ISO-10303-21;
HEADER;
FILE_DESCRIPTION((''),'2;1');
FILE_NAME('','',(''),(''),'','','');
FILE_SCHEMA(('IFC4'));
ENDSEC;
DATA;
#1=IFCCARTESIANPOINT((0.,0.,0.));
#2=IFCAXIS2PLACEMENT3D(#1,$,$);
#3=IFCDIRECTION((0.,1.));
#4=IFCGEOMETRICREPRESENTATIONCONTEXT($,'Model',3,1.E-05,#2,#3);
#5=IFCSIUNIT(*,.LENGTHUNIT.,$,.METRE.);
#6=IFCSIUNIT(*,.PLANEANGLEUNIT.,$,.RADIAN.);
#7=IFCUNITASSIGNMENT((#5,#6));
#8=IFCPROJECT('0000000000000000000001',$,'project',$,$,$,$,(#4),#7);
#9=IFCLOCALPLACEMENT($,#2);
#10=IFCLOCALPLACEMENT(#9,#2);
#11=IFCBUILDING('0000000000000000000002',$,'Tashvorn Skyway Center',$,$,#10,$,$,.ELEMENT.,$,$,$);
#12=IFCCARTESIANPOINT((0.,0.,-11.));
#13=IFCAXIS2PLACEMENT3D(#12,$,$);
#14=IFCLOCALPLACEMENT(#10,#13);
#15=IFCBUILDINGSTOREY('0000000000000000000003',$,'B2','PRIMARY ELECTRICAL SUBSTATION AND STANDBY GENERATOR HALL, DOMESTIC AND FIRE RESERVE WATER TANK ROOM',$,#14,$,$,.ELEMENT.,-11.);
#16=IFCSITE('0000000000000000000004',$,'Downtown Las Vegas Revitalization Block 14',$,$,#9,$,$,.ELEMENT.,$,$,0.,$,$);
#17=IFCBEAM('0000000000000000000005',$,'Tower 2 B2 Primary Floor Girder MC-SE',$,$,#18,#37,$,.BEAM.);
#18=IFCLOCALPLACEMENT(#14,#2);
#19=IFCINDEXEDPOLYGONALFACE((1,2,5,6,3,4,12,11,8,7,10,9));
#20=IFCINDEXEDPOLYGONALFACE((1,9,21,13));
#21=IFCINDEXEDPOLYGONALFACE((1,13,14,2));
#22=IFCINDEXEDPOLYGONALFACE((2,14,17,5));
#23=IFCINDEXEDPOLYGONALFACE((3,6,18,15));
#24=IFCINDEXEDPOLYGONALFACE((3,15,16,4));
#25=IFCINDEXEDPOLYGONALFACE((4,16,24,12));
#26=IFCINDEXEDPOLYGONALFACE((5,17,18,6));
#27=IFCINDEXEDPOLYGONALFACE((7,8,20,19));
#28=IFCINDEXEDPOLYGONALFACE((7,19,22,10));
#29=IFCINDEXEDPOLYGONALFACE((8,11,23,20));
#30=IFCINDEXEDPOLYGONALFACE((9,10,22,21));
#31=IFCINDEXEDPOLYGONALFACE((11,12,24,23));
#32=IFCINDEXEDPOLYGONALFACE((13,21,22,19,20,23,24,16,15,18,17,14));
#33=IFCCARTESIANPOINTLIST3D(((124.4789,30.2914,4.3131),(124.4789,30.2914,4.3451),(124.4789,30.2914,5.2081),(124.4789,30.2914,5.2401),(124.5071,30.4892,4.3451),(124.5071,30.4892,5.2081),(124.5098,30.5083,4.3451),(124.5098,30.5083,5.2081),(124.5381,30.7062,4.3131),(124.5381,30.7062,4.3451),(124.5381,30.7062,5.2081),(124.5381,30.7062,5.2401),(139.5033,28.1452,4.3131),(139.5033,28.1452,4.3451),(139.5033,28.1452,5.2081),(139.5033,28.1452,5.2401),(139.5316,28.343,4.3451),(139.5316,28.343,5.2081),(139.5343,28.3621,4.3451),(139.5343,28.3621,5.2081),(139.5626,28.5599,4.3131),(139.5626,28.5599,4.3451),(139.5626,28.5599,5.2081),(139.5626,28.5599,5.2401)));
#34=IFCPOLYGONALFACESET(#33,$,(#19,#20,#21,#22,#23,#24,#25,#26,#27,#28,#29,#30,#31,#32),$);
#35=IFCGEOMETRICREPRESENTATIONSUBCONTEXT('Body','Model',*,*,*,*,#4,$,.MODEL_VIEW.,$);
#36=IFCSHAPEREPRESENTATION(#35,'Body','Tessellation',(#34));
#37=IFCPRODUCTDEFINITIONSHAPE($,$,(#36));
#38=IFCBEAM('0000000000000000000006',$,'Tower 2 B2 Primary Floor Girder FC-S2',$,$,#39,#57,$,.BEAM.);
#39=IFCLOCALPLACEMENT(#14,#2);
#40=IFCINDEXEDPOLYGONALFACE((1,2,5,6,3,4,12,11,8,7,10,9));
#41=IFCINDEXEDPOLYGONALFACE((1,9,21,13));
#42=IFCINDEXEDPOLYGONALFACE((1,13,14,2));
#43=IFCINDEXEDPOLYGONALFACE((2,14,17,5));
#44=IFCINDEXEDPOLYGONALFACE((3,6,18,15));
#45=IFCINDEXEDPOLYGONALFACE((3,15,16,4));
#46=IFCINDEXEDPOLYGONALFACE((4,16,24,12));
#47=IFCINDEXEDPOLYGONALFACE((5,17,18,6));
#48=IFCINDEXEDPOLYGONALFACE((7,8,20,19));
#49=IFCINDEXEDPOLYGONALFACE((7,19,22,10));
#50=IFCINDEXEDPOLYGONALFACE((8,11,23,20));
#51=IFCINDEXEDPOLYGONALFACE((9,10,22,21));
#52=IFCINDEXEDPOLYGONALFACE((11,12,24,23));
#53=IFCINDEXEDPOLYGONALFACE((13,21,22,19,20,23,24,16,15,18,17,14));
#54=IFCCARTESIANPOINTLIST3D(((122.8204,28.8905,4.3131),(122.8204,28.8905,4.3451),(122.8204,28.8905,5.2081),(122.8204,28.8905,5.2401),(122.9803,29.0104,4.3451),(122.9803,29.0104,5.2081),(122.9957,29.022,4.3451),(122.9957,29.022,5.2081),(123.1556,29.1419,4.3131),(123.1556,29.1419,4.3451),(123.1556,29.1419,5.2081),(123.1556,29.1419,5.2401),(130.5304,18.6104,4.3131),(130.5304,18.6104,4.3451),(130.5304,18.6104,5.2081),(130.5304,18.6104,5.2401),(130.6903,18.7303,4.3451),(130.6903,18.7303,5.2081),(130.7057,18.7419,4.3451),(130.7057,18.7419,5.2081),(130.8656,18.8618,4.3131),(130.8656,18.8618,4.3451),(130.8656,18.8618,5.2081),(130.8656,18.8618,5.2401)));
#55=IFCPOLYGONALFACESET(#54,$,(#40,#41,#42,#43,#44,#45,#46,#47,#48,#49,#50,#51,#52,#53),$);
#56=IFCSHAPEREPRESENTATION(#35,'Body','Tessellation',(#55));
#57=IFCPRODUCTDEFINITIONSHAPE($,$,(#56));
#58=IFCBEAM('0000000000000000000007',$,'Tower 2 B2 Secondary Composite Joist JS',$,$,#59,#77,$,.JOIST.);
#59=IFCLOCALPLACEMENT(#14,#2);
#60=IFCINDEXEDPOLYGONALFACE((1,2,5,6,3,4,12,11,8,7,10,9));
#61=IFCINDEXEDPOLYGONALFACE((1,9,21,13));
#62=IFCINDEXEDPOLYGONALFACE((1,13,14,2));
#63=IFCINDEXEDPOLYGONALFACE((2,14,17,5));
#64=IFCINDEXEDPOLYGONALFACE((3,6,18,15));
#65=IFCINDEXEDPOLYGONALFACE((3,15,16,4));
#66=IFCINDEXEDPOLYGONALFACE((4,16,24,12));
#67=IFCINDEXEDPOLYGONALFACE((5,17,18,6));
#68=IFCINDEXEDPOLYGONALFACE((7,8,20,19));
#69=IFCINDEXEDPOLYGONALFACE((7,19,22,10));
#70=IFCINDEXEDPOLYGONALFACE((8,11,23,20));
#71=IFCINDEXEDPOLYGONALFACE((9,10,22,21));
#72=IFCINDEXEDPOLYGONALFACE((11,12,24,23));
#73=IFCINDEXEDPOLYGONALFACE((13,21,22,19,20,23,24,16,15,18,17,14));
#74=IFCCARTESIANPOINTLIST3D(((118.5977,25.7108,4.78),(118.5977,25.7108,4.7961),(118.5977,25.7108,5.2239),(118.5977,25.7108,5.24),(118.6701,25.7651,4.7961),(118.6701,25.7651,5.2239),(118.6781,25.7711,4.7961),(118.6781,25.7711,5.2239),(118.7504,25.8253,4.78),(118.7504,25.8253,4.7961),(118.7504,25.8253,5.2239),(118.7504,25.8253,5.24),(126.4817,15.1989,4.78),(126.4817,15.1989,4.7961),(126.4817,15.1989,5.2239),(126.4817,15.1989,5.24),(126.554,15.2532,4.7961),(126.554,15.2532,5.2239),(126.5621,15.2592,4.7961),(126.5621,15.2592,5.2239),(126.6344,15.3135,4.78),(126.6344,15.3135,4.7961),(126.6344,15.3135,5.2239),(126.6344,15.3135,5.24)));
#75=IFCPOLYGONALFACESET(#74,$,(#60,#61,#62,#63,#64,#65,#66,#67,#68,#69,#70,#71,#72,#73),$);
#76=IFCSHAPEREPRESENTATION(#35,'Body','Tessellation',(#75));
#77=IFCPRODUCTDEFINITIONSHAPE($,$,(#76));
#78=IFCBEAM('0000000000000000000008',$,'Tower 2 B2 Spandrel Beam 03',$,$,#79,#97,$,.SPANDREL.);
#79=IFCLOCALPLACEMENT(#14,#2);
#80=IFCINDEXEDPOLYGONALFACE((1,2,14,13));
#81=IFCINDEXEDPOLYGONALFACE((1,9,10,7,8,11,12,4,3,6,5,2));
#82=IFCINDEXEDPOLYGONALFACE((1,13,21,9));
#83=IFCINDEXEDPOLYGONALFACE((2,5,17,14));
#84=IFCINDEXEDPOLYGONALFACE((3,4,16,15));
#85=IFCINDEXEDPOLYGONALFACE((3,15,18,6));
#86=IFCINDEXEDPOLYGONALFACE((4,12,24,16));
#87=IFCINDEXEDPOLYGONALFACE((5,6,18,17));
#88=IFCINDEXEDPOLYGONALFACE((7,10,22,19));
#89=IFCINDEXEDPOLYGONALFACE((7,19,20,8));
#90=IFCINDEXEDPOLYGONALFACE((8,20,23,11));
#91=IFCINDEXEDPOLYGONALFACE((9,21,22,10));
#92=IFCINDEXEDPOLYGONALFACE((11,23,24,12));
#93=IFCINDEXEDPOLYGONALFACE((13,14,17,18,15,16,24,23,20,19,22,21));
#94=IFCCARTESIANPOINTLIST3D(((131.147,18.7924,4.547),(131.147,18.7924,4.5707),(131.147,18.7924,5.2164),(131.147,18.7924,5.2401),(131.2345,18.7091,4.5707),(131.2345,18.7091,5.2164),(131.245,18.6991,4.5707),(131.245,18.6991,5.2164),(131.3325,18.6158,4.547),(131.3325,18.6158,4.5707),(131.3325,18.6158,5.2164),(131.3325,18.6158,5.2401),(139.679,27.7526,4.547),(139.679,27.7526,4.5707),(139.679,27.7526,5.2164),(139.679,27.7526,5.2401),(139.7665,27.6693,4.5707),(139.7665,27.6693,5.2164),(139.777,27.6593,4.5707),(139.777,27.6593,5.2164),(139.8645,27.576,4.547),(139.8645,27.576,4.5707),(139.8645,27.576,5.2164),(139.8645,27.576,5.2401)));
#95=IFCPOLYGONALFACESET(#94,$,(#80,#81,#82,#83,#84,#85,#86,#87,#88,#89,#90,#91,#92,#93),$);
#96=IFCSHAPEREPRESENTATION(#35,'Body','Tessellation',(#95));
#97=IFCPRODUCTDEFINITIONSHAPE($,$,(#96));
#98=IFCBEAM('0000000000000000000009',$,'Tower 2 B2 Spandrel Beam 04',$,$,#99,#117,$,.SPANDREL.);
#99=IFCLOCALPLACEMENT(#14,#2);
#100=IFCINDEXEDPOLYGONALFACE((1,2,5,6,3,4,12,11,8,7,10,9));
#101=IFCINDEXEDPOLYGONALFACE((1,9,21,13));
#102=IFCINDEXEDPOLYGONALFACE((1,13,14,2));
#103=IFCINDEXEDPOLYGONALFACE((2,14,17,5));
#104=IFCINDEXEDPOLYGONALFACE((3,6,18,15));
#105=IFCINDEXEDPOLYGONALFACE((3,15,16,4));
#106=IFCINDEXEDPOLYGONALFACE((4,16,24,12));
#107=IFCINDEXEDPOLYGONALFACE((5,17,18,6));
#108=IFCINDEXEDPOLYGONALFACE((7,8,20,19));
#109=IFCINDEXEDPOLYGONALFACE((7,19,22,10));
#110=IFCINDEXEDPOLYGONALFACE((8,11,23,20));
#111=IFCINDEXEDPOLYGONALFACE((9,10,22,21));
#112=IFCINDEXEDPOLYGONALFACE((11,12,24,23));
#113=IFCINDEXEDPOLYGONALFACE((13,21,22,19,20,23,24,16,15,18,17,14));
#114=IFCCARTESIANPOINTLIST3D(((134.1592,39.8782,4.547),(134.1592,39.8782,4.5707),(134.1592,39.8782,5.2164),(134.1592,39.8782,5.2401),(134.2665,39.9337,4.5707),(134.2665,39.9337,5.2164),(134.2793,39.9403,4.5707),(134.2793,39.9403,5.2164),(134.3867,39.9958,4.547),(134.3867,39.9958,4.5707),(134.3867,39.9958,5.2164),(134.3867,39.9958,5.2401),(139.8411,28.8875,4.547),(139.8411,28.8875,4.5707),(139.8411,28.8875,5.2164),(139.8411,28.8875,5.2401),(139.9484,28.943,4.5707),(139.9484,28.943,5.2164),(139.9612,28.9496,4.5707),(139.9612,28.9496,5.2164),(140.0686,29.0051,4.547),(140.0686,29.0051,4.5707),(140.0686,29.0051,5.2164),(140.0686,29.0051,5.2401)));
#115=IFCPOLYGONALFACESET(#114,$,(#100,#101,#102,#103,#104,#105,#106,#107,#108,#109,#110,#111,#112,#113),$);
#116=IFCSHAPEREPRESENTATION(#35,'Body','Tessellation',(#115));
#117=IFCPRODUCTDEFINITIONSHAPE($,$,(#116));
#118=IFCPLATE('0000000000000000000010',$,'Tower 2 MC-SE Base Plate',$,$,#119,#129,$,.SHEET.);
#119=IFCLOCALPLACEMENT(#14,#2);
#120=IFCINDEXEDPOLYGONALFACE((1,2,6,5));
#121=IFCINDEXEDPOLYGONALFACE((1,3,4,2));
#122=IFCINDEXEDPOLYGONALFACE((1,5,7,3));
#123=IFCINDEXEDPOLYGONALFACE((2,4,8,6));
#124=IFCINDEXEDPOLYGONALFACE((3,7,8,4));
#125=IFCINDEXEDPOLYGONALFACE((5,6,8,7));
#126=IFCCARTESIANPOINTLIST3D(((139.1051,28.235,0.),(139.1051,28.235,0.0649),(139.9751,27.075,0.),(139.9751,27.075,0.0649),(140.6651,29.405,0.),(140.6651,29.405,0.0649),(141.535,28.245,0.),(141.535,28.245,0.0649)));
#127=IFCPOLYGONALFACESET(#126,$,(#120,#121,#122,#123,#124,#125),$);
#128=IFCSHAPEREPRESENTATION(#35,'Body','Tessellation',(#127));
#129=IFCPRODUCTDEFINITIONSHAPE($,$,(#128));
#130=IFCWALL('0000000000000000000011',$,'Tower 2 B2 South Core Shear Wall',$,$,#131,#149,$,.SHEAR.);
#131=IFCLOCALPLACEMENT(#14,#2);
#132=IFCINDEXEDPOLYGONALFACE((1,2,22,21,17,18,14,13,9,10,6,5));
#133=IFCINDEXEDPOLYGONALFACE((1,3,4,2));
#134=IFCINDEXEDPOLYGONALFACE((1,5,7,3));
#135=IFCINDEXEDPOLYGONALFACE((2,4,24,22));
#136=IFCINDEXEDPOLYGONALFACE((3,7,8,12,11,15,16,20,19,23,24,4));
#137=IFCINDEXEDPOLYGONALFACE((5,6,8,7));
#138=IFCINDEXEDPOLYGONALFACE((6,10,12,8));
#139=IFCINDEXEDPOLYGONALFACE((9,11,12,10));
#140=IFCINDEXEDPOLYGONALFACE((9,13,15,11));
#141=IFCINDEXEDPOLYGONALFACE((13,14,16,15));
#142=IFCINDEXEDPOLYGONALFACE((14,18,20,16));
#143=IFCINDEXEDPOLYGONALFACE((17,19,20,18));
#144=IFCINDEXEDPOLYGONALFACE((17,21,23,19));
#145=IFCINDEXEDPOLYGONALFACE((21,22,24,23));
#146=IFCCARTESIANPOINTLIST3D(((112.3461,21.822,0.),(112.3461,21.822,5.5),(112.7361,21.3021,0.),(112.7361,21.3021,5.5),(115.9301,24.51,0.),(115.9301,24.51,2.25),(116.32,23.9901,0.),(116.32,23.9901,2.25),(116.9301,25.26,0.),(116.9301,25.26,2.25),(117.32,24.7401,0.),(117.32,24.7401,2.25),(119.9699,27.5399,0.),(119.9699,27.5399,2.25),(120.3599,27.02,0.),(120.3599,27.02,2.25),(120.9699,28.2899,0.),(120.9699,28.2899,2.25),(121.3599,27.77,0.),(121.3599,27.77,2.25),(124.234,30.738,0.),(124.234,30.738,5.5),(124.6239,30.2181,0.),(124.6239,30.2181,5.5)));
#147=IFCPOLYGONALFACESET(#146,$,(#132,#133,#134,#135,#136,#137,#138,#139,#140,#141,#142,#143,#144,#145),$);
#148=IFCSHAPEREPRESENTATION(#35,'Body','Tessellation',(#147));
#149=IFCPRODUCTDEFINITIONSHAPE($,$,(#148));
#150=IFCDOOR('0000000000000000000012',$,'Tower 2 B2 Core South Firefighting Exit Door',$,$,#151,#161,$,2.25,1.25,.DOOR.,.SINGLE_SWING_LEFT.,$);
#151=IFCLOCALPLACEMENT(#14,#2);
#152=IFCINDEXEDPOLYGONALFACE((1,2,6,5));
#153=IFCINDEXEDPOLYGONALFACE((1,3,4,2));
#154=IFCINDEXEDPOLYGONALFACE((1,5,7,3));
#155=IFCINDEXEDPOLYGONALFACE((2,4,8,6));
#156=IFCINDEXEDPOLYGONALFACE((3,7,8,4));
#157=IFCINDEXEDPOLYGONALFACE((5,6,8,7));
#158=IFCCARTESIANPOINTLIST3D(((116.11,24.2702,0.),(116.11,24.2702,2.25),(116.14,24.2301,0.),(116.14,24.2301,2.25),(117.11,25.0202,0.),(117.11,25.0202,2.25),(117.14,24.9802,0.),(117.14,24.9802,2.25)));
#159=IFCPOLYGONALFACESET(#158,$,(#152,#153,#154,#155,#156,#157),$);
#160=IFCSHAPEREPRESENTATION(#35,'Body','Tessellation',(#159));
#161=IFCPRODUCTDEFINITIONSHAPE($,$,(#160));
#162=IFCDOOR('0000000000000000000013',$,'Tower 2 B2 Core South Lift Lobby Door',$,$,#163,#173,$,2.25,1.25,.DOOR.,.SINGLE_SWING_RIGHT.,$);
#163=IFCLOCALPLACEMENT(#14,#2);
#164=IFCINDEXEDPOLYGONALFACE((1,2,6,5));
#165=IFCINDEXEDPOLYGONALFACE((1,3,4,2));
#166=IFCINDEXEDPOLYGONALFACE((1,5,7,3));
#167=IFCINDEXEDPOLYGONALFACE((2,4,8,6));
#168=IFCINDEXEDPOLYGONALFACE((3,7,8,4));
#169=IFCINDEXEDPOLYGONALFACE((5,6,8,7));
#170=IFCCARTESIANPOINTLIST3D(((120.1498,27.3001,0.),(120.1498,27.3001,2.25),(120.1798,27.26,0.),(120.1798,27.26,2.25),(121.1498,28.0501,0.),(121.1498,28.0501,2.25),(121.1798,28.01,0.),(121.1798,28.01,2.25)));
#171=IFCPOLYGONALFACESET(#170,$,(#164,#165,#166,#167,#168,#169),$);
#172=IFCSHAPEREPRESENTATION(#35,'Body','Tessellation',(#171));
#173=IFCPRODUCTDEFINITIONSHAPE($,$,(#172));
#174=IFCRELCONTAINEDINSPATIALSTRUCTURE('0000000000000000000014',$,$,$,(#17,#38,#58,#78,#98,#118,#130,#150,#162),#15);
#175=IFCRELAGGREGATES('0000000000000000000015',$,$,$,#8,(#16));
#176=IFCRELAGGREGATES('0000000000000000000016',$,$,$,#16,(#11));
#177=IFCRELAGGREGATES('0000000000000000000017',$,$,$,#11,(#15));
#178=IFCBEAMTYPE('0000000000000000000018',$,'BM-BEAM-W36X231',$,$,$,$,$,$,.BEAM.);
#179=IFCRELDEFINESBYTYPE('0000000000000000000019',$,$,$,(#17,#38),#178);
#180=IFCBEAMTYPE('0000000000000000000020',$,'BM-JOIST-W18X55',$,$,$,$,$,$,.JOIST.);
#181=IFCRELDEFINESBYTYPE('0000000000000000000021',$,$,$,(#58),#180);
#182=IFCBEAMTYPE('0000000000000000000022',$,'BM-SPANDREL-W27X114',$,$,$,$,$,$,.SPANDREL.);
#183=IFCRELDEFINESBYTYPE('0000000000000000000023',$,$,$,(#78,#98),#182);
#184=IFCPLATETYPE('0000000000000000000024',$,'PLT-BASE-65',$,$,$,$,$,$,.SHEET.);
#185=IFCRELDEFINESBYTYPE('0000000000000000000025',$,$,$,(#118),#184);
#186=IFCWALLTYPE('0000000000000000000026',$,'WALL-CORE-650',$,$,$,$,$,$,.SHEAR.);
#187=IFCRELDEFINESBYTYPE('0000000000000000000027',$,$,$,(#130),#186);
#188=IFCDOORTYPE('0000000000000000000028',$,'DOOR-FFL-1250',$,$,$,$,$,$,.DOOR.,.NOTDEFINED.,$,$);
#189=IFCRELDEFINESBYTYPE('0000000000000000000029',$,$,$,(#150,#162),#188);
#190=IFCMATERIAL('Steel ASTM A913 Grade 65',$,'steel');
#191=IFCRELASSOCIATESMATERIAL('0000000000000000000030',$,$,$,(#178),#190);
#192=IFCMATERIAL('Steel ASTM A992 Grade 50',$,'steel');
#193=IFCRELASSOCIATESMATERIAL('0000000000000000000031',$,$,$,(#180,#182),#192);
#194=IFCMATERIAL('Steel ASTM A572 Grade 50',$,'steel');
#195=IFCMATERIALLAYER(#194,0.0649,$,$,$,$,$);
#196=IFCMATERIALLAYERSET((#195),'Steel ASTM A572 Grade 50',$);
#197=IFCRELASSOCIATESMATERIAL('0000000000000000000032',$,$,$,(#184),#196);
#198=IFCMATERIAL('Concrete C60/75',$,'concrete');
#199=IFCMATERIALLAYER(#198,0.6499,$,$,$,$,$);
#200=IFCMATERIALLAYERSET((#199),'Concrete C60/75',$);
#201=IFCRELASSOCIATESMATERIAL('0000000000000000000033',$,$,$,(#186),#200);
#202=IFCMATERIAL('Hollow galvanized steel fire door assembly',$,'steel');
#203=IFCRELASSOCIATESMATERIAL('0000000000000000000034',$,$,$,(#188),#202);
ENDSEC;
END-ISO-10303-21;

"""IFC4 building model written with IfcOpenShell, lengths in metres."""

from ifc_helpers import new_model, si_unit, direction, frame, frame_2d, origin, origin_2d, place, context, subcontext, project, spatial, rectangle, i_section, extrude, material, layer, layer_set, material_profile, profile_set, type_object, element, fill, save


model = new_model("IFC4")

# Units and contexts
model_context = context("Model", 3, precision=1e-05, world=origin(), true_north=direction((0.0, 1.0)))
body_context = subcontext(model_context, "Body", "Model", "MODEL_VIEW")
ifc_project = project(units=[si_unit("LENGTHUNIT", "METRE"), si_unit("PLANEANGLEUNIT", "RADIAN")], contexts=[model_context])

# Site, building, storey
site_placement = place(None, origin())
site = spatial("IfcSite", under=ifc_project, at=site_placement, Name="Downtown Las Vegas Revitalization Block 14", CompositionType="ELEMENT", RefElevation=0.0)
building_placement = place(site_placement, origin())
building = spatial("IfcBuilding", under=site, at=building_placement, Name="Tashvorn Skyway Center", CompositionType="ELEMENT")
storey_placement = place(building_placement, frame((0.0, 0.0, -11.0)))
storey = spatial("IfcBuildingStorey", under=building, at=storey_placement, Name="B2", Description="PRIMARY ELECTRICAL SUBSTATION AND STANDBY GENERATOR HALL, DOMESTIC AND FIRE RESERVE WATER TANK ROOM", CompositionType="ELEMENT", Elevation=-11.0)

# Shared definitions
ifc_material_1 = material(Name="Steel ASTM A572 Grade 50", Category="steel")

# Beams
ifc_material_2 = material(Name="Steel ASTM A913 Grade 65", Category="steel")
ifc_material_profile_1 = material_profile(ifc_material_2, i_section(OverallWidth=0.4189, OverallDepth=0.927, WebThickness=0.0193, FlangeThickness=0.032, at=origin_2d()), Name="W36X231")
ifc_profile_set_1 = profile_set([ifc_material_profile_1], Name="Steel ASTM A913 Grade 65")
beam_type_1 = type_object("IfcBeamType", Name="BM-BEAM-W36X231", PredefinedType="BEAM", material=ifc_profile_set_1)
beam_1_placement = place(storey_placement, frame((139.533, 28.3525, 4.7766), z_axis=(-0.98995, 0.141415, 0.0), x_axis=(-0.141415, -0.98995, 0.0)))
element("IfcBeam", 1, at=beam_1_placement, inside=storey, type_object=beam_type_1, Name="Tower 2 B2 Primary Floor Girder MC-SE", PredefinedType="BEAM", context=body_context, shape_type="SweptSolid", body=[
    extrude(i_section(OverallWidth=0.4189, OverallDepth=0.927, WebThickness=0.0193, FlangeThickness=0.032, at=origin_2d()), origin(), (0.0, 0.0, 1.0), 15.177),
])
beam_2_placement = place(storey_placement, frame((130.698, 18.7361, 4.7766), z_axis=(-0.599997, 0.800002, 0.0), x_axis=(-0.800002, -0.599997, 0.0)))
element("IfcBeam", 2, at=beam_2_placement, inside=storey, type_object=beam_type_1, Name="Tower 2 B2 Primary Floor Girder FC-S2", PredefinedType="BEAM", context=body_context, shape_type="SweptSolid", body=[
    extrude(i_section(OverallWidth=0.4189, OverallDepth=0.927, WebThickness=0.0193, FlangeThickness=0.032, at=origin_2d()), origin(), (0.0, 0.0, 1.0), 12.8501),
])
ifc_material_3 = material(Name="Steel ASTM A992 Grade 50", Category="steel")
ifc_material_profile_2 = material_profile(ifc_material_3, i_section(OverallWidth=0.1909, OverallDepth=0.46, WebThickness=0.01, FlangeThickness=0.0161, at=origin_2d()), Name="W18X55")
ifc_profile_set_2 = profile_set([ifc_material_profile_2], Name="Steel ASTM A992 Grade 50")
beam_type_2 = type_object("IfcBeamType", Name="BM-JOIST-W18X55", PredefinedType="JOIST", material=ifc_profile_set_2)
beam_3_placement = place(storey_placement, frame((118.6741, 25.7681, 5.01), z_axis=(0.600003, -0.799998, 0.0), x_axis=(0.799998, 0.600003, 0.0)))
element("IfcBeam", 3, at=beam_3_placement, inside=storey, type_object=beam_type_2, Name="Tower 2 B2 Secondary Composite Joist JS", PredefinedType="JOIST", context=body_context, shape_type="SweptSolid", body=[
    extrude(i_section(OverallWidth=0.1909, OverallDepth=0.46, WebThickness=0.01, FlangeThickness=0.0161, at=origin_2d()), origin(), (0.0, 0.0, 1.0), 13.1399),
])
ifc_material_profile_3 = material_profile(ifc_material_3, i_section(OverallWidth=0.2561, OverallDepth=0.6931, WebThickness=0.0144, FlangeThickness=0.0237, at=origin_2d()), Name="W27X114")
ifc_profile_set_3 = profile_set([ifc_material_profile_3], Name="Steel ASTM A992 Grade 50")
beam_type_3 = type_object("IfcBeamType", Name="BM-SPANDREL-W27X114", PredefinedType="SPANDREL", material=ifc_profile_set_3)
for number, where, z_axis, x_axis, name in (
    (4, (131.2397, 18.7041, 4.8936), (0.68959, 0.7242, 0.0), (-0.7242, 0.68959, 0.0), "Tower 2 B2 Spandrel Beam 03"),
    (5, (139.9548, 28.9463, 4.8936), (-0.459233, 0.888316, 0.0), (-0.888316, -0.459233, 0.0), "Tower 2 B2 Spandrel Beam 04"),
):
    element("IfcBeam", number, at=place(storey_placement, frame(where, z_axis=z_axis, x_axis=x_axis)), inside=storey, type_object=beam_type_3, Name=name, PredefinedType="SPANDREL", context=body_context, shape_type="SweptSolid", body=[
        extrude(i_section(OverallWidth=0.2561, OverallDepth=0.6931, WebThickness=0.0144, FlangeThickness=0.0237, at=origin_2d()), origin(), (0.0, 0.0, 1.0), 12.3726),
    ])

# Plate
ifc_layer_1 = layer(ifc_material_1, 0.0649)
ifc_layer_set_1 = layer_set([ifc_layer_1], Name="Steel ASTM A572 Grade 50")
plate_type = type_object("IfcPlateType", Name="PLT-BASE-65", PredefinedType="SHEET", material=ifc_layer_set_1)
plate_placement = place(storey_placement, frame((140.3201, 28.24, 0.0), z_axis=(0.0, 0.0, 1.0), x_axis=(0.8, 0.6, 0.0)))
element("IfcPlate", 6, at=plate_placement, inside=storey, type_object=plate_type, Name="Tower 2 MC-SE Base Plate", PredefinedType="SHEET", context=body_context, shape_type="SweptSolid", body=[
    extrude(rectangle(XDim=1.95, YDim=1.45, at=origin_2d()), origin(), (0.0, 0.0, 1.0), 0.0649),
])

# Wall, openings, doors
ifc_material_4 = material(Name="Concrete C60/75", Category="concrete")
ifc_layer_2 = layer(ifc_material_4, 0.6499)
ifc_layer_set_2 = layer_set([ifc_layer_2], Name="Concrete C60/75")
wall_type_1 = type_object("IfcWallType", Name="WALL-CORE-650", PredefinedType="SHEAR", material=ifc_layer_set_2)
wall_1_placement = place(storey_placement, frame((124.429, 30.478, 0.0), z_axis=(0.0, 0.0, 1.0), x_axis=(-0.799998, -0.600003, 0.0)))
wall_1 = element("IfcWall", 7, at=wall_1_placement, inside=storey, type_object=wall_type_1, Name="Tower 2 B2 South Core Shear Wall", PredefinedType="SHEAR", context=body_context, shape_type="SweptSolid", body=[
    extrude(rectangle(XDim=14.8599, YDim=0.6499, at=frame_2d((7.4299, 0.0))), origin(), (0.0, 0.0, 1.0), 5.5),
])
opening_1_placement = place(wall_1_placement, frame((9.1299, 0.0, 0.0)))
opening_1 = element("IfcOpeningElement", 8, at=opening_1_placement, cuts=wall_1, PredefinedType="OPENING", context=body_context, shape_type="SweptSolid", body=[
    extrude(rectangle(XDim=1.25, YDim=2.25, at=frame_2d((0.625, 1.125))), frame((0.0, 0.335, 0.0), z_axis=(0.0, -1.0, 0.0), x_axis=(1.0, 0.0, 0.0)), (0.0, 0.0, 1.0), 0.6699),
])
opening_2_placement = place(wall_1_placement, frame((4.0801, 0.0, 0.0)))
opening_2 = element("IfcOpeningElement", 9, at=opening_2_placement, cuts=wall_1, PredefinedType="OPENING", context=body_context, shape_type="SweptSolid", body=[
    extrude(rectangle(XDim=1.25, YDim=2.25, at=frame_2d((0.625, 1.125))), frame((0.0, 0.335, 0.0), z_axis=(0.0, -1.0, 0.0), x_axis=(1.0, 0.0, 0.0)), (0.0, 0.0, 1.0), 0.6699),
])
ifc_material_5 = material(Name="Hollow galvanized steel fire door assembly", Category="steel")
door_type_1 = type_object("IfcDoorType", Name="DOOR-FFL-1250", OperationType="NOTDEFINED", PredefinedType="DOOR", material=ifc_material_5)
door_1_placement = place(opening_1_placement, origin())
door_1 = element("IfcDoor", 10, at=door_1_placement, inside=storey, type_object=door_type_1, Name="Tower 2 B2 Core South Firefighting Exit Door", OperationType="SINGLE_SWING_LEFT", OverallHeight=2.25, OverallWidth=1.25, PredefinedType="DOOR", context=body_context, shape_type="SweptSolid", body=[
    extrude(rectangle(XDim=1.25, YDim=2.25, at=frame_2d((0.625, 1.125))), frame((0.0, 0.0249, 0.0), z_axis=(0.0, -1.0, 0.0), x_axis=(1.0, 0.0, 0.0)), (0.0, 0.0, 1.0), 0.05),
])
fill(opening_1, door_1)
door_2_placement = place(opening_2_placement, origin())
door_2 = element("IfcDoor", 11, at=door_2_placement, inside=storey, type_object=door_type_1, Name="Tower 2 B2 Core South Lift Lobby Door", OperationType="SINGLE_SWING_RIGHT", OverallHeight=2.25, OverallWidth=1.25, PredefinedType="DOOR", context=body_context, shape_type="SweptSolid", body=[
    extrude(rectangle(XDim=1.25, YDim=2.25, at=frame_2d((0.625, 1.125))), frame((0.0, 0.0249, 0.0), z_axis=(0.0, -1.0, 0.0), x_axis=(1.0, 0.0, 0.0)), (0.0, 0.0, 1.0), 0.05),
])
fill(opening_2, door_2)

save(model, "model.ifc")
